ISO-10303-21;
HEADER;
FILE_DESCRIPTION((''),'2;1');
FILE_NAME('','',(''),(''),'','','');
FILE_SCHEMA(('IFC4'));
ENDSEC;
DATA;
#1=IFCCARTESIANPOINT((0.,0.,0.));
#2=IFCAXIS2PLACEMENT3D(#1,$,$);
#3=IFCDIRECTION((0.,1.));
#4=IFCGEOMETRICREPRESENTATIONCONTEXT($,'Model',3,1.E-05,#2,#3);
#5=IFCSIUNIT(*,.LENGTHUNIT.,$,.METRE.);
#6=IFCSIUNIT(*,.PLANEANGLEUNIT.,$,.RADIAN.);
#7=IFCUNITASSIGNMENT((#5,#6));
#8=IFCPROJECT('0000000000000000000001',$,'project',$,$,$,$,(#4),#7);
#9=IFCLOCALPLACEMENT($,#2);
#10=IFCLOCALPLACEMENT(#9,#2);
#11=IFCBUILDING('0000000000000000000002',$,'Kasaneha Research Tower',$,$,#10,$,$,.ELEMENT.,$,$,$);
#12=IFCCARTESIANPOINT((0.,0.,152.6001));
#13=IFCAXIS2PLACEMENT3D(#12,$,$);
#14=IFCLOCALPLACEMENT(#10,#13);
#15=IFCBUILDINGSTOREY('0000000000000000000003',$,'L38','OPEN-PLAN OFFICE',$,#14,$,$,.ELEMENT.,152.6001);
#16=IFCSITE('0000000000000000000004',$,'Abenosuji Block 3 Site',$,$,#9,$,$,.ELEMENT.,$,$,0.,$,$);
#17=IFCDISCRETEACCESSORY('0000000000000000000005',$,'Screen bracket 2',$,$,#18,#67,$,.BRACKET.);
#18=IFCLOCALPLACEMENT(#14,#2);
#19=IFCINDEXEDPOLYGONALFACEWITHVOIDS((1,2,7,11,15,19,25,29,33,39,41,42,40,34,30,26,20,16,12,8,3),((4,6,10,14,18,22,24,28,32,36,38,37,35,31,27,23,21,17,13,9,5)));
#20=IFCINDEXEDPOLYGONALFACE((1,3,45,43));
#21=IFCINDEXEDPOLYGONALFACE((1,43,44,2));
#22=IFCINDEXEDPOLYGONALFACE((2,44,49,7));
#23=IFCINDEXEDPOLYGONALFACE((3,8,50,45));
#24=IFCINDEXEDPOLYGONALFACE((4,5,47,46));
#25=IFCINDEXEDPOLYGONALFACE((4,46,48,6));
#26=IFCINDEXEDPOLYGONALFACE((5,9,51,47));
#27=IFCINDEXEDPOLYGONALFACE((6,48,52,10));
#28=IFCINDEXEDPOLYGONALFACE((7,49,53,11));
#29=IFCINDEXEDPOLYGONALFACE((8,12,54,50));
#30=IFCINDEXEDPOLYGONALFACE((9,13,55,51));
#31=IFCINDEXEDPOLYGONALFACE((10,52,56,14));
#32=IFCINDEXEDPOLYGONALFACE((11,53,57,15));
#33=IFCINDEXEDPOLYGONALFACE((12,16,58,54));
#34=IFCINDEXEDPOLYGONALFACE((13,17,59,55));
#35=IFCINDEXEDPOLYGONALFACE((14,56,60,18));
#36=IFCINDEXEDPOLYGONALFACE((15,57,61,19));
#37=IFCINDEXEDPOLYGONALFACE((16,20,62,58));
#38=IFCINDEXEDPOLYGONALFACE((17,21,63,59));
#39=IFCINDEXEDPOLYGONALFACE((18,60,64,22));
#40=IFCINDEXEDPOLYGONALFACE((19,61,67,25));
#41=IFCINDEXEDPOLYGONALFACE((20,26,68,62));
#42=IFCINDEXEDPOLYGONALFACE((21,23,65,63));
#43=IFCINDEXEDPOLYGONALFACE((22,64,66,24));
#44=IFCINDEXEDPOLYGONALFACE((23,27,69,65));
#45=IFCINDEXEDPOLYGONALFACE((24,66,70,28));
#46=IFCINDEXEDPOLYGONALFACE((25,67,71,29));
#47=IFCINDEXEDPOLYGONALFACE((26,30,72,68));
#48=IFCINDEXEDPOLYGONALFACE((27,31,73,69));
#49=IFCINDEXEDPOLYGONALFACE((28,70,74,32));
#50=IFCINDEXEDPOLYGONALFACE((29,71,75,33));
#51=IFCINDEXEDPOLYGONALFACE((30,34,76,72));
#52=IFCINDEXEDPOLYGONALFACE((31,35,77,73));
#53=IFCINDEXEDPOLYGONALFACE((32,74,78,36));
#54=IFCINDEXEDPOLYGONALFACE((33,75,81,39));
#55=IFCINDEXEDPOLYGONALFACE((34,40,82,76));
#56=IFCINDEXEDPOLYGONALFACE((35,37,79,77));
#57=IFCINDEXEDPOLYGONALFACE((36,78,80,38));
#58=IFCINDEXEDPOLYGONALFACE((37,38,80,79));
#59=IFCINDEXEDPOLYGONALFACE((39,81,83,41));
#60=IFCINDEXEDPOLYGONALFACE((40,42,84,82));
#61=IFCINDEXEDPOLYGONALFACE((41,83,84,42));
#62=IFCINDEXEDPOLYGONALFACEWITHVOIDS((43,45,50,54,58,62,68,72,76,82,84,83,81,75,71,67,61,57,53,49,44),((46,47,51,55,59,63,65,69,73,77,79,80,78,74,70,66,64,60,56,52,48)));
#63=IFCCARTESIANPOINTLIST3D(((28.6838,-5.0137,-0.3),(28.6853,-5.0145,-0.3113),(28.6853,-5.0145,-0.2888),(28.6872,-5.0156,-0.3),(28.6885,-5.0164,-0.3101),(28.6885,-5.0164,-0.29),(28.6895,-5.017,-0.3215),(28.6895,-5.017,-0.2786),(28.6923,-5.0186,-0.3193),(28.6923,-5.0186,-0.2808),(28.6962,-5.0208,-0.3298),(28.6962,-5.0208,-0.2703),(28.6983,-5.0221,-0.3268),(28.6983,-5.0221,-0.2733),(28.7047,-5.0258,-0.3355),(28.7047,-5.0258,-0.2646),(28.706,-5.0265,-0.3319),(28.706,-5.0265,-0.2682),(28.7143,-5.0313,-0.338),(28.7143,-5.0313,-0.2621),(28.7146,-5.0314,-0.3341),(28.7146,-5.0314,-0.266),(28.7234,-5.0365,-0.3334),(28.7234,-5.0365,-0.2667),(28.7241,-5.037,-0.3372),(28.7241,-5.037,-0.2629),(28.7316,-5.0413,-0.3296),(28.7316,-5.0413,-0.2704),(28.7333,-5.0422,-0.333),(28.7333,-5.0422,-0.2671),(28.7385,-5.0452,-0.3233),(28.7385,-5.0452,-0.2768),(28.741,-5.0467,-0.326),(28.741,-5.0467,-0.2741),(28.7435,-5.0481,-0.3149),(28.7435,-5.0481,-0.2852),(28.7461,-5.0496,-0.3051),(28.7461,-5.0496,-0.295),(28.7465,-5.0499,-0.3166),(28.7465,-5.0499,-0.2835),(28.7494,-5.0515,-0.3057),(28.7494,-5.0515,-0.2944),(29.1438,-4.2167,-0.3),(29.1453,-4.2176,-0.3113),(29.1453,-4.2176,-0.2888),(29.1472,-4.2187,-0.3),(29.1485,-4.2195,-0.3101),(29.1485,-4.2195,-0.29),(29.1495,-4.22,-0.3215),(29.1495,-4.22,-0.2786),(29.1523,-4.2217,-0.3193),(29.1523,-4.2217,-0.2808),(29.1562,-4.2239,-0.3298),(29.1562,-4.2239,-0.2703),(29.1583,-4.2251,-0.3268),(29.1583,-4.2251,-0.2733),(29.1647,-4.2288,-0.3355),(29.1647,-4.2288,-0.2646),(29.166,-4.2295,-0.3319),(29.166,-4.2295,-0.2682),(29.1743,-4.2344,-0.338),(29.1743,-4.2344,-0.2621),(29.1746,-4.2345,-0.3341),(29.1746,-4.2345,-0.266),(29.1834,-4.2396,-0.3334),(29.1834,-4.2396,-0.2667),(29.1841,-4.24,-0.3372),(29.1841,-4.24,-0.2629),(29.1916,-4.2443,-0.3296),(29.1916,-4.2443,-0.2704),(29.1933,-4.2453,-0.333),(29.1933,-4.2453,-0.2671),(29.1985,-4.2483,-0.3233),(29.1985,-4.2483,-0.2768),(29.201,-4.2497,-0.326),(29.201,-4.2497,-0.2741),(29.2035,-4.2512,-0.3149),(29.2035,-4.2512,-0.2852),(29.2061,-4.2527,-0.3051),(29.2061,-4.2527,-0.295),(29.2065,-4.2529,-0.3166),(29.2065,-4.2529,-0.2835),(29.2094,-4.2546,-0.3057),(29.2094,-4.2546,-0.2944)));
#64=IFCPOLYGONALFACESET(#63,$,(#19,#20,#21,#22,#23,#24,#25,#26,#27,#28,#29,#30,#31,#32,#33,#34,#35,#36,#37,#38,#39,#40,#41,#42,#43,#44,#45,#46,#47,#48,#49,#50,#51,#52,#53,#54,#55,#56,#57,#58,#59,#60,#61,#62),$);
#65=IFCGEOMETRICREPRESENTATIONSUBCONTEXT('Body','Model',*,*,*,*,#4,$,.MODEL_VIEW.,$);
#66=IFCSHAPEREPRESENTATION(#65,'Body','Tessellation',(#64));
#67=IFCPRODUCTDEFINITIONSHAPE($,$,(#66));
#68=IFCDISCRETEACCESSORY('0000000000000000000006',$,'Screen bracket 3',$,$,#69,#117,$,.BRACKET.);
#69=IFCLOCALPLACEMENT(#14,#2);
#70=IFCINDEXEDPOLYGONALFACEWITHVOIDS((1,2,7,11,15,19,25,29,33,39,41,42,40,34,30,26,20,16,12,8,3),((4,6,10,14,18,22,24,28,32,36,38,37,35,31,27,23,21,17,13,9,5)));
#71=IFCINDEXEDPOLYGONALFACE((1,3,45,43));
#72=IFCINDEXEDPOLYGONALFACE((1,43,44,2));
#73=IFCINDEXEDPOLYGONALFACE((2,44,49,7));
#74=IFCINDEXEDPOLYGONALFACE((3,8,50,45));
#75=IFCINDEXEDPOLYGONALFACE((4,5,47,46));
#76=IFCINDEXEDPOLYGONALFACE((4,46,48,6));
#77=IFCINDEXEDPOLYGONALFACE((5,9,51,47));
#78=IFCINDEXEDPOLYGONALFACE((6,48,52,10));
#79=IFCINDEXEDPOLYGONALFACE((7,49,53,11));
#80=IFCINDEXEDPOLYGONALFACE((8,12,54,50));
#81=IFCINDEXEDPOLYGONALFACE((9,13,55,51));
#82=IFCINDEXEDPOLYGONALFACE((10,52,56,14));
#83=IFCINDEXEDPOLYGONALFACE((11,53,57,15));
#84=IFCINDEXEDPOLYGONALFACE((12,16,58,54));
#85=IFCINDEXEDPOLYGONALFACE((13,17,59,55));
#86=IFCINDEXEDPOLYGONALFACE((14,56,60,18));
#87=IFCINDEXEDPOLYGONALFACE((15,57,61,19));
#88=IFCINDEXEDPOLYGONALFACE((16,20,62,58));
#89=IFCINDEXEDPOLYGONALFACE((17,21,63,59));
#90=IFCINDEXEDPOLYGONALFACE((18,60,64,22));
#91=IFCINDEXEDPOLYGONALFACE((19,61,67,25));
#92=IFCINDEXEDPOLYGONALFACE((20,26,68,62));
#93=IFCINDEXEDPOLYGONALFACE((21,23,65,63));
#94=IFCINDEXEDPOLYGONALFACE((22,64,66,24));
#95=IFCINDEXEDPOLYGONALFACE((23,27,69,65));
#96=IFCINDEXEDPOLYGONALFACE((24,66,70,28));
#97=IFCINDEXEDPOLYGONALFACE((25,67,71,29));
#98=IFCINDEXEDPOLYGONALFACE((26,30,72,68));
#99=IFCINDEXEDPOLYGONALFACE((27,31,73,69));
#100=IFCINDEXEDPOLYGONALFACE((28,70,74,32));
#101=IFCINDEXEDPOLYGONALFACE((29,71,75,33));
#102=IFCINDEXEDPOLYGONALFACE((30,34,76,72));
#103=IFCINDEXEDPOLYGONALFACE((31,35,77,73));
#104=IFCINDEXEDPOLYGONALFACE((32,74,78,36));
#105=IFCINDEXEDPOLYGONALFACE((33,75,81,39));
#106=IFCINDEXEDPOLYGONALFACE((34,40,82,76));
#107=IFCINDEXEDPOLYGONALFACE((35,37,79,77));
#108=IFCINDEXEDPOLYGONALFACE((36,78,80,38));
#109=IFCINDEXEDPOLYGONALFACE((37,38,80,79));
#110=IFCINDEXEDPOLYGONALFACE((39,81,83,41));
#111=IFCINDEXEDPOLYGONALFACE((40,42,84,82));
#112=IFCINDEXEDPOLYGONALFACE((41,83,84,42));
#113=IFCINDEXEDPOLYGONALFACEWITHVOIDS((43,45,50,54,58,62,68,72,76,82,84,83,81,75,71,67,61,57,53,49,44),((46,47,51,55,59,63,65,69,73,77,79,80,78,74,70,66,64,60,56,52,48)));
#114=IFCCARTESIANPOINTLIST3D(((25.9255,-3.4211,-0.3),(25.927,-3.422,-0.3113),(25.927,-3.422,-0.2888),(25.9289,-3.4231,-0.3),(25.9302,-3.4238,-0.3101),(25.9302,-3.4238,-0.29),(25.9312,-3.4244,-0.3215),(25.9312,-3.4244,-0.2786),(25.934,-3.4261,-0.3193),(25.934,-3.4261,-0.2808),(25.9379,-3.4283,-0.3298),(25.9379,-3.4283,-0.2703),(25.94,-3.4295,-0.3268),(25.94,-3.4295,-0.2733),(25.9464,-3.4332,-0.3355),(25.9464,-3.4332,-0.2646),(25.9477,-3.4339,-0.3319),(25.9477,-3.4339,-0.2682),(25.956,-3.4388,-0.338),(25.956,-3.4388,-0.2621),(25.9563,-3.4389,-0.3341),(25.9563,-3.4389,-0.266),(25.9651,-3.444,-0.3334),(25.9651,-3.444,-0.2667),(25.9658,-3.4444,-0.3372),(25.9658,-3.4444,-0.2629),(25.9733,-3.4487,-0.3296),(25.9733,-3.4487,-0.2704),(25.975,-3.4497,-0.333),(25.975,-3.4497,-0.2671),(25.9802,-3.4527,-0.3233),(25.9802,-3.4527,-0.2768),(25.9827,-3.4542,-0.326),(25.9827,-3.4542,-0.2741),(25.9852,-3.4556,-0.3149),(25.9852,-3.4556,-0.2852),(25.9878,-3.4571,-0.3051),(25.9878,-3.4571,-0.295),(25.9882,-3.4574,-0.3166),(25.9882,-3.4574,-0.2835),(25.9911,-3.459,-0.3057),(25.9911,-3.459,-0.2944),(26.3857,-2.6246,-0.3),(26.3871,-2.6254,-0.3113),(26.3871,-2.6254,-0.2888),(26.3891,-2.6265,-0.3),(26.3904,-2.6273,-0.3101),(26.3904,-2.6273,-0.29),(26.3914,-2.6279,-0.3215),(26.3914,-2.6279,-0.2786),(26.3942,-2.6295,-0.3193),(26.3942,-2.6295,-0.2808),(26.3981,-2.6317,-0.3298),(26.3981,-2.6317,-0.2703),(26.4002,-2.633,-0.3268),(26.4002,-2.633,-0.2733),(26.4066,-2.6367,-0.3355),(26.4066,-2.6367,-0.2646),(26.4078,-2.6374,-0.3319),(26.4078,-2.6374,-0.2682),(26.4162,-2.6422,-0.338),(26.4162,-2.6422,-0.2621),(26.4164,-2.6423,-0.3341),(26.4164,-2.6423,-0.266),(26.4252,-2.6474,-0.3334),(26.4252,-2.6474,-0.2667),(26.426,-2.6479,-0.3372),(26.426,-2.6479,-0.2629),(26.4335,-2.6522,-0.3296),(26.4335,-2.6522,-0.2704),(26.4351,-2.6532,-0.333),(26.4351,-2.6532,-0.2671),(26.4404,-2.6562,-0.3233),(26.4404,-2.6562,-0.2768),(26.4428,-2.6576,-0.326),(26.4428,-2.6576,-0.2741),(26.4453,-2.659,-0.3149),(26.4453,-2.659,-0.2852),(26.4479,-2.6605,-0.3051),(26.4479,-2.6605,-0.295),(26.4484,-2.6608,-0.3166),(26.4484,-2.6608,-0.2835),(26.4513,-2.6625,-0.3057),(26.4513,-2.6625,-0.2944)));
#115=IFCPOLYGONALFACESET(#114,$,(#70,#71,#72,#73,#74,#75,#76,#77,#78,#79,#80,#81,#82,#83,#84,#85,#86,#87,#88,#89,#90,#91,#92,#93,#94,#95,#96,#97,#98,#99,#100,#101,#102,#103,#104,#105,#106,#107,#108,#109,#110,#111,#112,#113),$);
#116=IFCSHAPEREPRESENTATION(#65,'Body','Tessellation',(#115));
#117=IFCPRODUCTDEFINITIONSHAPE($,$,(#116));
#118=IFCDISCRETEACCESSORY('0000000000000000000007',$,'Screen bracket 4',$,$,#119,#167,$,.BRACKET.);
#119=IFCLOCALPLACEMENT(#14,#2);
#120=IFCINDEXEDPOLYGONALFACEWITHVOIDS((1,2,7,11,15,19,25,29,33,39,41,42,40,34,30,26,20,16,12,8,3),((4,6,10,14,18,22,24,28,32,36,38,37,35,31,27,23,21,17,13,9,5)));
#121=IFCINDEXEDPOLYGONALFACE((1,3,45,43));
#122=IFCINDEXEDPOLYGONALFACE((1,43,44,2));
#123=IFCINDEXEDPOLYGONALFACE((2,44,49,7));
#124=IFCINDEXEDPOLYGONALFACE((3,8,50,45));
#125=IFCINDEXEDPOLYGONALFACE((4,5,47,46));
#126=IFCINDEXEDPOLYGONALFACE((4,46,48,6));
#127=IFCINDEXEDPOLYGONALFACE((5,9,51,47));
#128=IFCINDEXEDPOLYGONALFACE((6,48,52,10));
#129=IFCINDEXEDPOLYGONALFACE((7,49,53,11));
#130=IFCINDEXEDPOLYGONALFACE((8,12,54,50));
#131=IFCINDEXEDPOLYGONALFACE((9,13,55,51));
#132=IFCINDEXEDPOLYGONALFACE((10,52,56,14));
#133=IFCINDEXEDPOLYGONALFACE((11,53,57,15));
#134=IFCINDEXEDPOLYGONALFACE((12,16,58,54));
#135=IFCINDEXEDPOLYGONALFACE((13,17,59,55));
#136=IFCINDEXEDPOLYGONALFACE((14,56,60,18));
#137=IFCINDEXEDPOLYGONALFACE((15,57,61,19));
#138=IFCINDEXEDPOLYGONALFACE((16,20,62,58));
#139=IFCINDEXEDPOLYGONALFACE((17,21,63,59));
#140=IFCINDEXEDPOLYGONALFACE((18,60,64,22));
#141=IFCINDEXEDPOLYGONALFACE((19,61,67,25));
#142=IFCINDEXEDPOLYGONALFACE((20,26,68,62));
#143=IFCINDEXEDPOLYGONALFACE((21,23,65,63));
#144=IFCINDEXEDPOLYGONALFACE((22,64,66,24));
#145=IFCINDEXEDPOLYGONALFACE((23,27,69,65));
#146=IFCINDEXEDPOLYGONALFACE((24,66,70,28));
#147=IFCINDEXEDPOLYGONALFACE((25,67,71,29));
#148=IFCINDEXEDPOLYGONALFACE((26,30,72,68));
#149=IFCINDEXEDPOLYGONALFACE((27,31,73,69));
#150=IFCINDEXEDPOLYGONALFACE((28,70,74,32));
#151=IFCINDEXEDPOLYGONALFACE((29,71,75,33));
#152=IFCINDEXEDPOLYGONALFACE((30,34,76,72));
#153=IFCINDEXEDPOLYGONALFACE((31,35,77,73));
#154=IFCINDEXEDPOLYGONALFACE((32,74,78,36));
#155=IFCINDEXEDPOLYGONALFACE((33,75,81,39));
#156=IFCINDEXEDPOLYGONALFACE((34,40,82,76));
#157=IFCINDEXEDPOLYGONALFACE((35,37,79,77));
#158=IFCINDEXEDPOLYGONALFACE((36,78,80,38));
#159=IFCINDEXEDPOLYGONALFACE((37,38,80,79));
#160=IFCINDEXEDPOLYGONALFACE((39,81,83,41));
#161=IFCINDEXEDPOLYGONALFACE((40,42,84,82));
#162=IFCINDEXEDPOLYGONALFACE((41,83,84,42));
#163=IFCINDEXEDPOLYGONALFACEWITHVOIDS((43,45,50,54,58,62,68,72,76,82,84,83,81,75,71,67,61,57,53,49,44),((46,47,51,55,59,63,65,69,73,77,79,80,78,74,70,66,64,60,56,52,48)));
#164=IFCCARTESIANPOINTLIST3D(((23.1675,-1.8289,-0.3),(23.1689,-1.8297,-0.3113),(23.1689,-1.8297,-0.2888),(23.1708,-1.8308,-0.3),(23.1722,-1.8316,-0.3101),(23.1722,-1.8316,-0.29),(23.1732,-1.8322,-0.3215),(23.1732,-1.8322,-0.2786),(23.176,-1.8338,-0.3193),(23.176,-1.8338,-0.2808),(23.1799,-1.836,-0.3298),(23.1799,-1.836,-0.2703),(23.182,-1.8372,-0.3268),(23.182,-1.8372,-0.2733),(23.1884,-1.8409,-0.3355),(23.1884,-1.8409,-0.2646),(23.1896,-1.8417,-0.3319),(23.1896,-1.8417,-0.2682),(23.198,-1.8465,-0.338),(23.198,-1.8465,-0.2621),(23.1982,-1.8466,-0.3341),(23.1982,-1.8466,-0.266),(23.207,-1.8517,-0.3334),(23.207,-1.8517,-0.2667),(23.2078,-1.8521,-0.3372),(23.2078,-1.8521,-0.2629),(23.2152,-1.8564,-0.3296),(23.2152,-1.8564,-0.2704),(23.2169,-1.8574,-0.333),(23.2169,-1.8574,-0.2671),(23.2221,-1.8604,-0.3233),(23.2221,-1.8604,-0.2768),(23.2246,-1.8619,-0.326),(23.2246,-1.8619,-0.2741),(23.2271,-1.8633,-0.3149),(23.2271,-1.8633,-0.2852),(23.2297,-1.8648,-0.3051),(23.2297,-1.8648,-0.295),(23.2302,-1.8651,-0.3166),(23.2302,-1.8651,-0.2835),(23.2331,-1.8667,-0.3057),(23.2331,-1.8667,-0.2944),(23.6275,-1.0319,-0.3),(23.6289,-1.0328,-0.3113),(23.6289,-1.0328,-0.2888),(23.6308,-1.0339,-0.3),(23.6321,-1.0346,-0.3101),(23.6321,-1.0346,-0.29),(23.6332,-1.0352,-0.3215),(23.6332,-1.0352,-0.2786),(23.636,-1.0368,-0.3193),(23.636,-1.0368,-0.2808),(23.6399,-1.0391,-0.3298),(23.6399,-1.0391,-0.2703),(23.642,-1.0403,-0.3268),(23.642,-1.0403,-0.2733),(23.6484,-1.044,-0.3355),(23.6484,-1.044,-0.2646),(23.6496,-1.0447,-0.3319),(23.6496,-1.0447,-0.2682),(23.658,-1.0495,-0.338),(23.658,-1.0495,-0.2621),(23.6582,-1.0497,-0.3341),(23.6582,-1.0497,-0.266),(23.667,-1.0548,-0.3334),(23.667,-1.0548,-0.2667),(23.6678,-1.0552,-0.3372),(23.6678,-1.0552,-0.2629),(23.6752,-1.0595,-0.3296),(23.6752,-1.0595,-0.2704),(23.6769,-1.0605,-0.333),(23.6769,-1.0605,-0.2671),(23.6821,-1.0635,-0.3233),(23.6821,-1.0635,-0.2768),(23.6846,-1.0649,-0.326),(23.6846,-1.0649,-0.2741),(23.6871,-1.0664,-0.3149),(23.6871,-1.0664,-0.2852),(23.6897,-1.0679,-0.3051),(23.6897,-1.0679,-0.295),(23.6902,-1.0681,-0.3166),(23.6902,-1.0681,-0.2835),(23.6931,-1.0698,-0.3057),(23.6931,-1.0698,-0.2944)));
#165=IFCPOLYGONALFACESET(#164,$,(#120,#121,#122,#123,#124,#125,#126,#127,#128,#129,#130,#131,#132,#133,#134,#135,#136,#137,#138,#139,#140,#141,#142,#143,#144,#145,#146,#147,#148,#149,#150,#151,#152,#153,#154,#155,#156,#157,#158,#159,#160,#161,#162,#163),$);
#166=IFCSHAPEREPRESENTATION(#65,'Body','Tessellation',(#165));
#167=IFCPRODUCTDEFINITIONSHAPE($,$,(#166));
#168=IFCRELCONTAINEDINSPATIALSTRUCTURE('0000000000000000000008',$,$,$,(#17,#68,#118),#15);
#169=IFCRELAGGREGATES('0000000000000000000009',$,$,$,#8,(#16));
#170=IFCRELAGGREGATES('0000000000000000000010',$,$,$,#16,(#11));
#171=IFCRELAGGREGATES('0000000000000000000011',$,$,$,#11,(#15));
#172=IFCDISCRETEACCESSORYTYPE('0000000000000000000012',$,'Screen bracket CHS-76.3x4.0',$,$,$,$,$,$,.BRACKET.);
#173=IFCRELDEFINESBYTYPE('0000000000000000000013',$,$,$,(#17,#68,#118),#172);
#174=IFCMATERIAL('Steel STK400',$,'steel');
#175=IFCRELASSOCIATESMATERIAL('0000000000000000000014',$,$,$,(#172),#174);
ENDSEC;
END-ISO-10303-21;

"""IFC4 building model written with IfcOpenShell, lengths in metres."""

from ifc_helpers import new_model, si_unit, direction, frame, origin, origin_2d, place, context, subcontext, project, spatial, hollow_circle, extrude, material, material_profile, profile_set, type_object, element, save


model = new_model("IFC4")

# Units and contexts
model_context = context("Model", 3, precision=1e-05, world=origin(), true_north=direction((0.0, 1.0)))
body_context = subcontext(model_context, "Body", "Model", "MODEL_VIEW")
ifc_project = project(units=[si_unit("LENGTHUNIT", "METRE"), si_unit("PLANEANGLEUNIT", "RADIAN")], contexts=[model_context])

# Site, building, storey
site_placement = place(None, origin())
site = spatial("IfcSite", under=ifc_project, at=site_placement, Name="Abenosuji Block 3 Site", CompositionType="ELEMENT", RefElevation=0.0)
building_placement = place(site_placement, origin())
building = spatial("IfcBuilding", under=site, at=building_placement, Name="Kasaneha Research Tower", CompositionType="ELEMENT")
storey_placement = place(building_placement, frame((0.0, 0.0, 152.6001)))
storey = spatial("IfcBuildingStorey", under=building, at=storey_placement, Name="L38", Description="OPEN-PLAN OFFICE", CompositionType="ELEMENT", Elevation=152.6001)

# Discrete accessories
ifc_material_1 = material(Name="Steel STK400", Category="steel")
ifc_material_profile_1 = material_profile(ifc_material_1, hollow_circle(Radius=0.0381, WallThickness=0.0039, at=origin_2d()), Name="CHS-76.3x4.0")
ifc_profile_set_1 = profile_set([ifc_material_profile_1], Name="Steel STK400")
discrete_accessory_type = type_object("IfcDiscreteAccessoryType", Name="Screen bracket CHS-76.3x4.0", PredefinedType="BRACKET", material=ifc_profile_set_1)
discrete_accessory_1_placement = place(storey_placement, frame((28.7168, -5.0327, -0.3), z_axis=(0.499906, 0.86608, 0.0), x_axis=(-0.86608, 0.499906, 0.0)))
element("IfcDiscreteAccessory", 1, at=discrete_accessory_1_placement, inside=storey, type_object=discrete_accessory_type, Name="Screen bracket 2", PredefinedType="BRACKET", context=body_context, shape_type="SweptSolid", body=[
    extrude(hollow_circle(Radius=0.0381, WallThickness=0.0039, at=origin_2d()), origin(), (0.0, 0.0, 1.0), 0.9202),
])
discrete_accessory_2_placement = place(storey_placement, frame((25.9585, -3.4402, -0.3), z_axis=(0.50022, 0.865898, 0.0), x_axis=(-0.865898, 0.50022, 0.0)))
element("IfcDiscreteAccessory", 2, at=discrete_accessory_2_placement, inside=storey, type_object=discrete_accessory_type, Name="Screen bracket 3", PredefinedType="BRACKET", context=body_context, shape_type="SweptSolid", body=[
    extrude(hollow_circle(Radius=0.0381, WallThickness=0.0039, at=origin_2d()), origin(), (0.0, 0.0, 1.0), 0.9199),
])
discrete_accessory_3_placement = place(storey_placement, frame((23.2004, -1.8479, -0.3), z_axis=(0.499906, 0.86608, 0.0), x_axis=(-0.86608, 0.499906, 0.0)))
element("IfcDiscreteAccessory", 3, at=discrete_accessory_3_placement, inside=storey, type_object=discrete_accessory_type, Name="Screen bracket 4", PredefinedType="BRACKET", context=body_context, shape_type="SweptSolid", body=[
    extrude(hollow_circle(Radius=0.0381, WallThickness=0.0039, at=origin_2d()), origin(), (0.0, 0.0, 1.0), 0.9202),
])

save(model, "model.ifc")
